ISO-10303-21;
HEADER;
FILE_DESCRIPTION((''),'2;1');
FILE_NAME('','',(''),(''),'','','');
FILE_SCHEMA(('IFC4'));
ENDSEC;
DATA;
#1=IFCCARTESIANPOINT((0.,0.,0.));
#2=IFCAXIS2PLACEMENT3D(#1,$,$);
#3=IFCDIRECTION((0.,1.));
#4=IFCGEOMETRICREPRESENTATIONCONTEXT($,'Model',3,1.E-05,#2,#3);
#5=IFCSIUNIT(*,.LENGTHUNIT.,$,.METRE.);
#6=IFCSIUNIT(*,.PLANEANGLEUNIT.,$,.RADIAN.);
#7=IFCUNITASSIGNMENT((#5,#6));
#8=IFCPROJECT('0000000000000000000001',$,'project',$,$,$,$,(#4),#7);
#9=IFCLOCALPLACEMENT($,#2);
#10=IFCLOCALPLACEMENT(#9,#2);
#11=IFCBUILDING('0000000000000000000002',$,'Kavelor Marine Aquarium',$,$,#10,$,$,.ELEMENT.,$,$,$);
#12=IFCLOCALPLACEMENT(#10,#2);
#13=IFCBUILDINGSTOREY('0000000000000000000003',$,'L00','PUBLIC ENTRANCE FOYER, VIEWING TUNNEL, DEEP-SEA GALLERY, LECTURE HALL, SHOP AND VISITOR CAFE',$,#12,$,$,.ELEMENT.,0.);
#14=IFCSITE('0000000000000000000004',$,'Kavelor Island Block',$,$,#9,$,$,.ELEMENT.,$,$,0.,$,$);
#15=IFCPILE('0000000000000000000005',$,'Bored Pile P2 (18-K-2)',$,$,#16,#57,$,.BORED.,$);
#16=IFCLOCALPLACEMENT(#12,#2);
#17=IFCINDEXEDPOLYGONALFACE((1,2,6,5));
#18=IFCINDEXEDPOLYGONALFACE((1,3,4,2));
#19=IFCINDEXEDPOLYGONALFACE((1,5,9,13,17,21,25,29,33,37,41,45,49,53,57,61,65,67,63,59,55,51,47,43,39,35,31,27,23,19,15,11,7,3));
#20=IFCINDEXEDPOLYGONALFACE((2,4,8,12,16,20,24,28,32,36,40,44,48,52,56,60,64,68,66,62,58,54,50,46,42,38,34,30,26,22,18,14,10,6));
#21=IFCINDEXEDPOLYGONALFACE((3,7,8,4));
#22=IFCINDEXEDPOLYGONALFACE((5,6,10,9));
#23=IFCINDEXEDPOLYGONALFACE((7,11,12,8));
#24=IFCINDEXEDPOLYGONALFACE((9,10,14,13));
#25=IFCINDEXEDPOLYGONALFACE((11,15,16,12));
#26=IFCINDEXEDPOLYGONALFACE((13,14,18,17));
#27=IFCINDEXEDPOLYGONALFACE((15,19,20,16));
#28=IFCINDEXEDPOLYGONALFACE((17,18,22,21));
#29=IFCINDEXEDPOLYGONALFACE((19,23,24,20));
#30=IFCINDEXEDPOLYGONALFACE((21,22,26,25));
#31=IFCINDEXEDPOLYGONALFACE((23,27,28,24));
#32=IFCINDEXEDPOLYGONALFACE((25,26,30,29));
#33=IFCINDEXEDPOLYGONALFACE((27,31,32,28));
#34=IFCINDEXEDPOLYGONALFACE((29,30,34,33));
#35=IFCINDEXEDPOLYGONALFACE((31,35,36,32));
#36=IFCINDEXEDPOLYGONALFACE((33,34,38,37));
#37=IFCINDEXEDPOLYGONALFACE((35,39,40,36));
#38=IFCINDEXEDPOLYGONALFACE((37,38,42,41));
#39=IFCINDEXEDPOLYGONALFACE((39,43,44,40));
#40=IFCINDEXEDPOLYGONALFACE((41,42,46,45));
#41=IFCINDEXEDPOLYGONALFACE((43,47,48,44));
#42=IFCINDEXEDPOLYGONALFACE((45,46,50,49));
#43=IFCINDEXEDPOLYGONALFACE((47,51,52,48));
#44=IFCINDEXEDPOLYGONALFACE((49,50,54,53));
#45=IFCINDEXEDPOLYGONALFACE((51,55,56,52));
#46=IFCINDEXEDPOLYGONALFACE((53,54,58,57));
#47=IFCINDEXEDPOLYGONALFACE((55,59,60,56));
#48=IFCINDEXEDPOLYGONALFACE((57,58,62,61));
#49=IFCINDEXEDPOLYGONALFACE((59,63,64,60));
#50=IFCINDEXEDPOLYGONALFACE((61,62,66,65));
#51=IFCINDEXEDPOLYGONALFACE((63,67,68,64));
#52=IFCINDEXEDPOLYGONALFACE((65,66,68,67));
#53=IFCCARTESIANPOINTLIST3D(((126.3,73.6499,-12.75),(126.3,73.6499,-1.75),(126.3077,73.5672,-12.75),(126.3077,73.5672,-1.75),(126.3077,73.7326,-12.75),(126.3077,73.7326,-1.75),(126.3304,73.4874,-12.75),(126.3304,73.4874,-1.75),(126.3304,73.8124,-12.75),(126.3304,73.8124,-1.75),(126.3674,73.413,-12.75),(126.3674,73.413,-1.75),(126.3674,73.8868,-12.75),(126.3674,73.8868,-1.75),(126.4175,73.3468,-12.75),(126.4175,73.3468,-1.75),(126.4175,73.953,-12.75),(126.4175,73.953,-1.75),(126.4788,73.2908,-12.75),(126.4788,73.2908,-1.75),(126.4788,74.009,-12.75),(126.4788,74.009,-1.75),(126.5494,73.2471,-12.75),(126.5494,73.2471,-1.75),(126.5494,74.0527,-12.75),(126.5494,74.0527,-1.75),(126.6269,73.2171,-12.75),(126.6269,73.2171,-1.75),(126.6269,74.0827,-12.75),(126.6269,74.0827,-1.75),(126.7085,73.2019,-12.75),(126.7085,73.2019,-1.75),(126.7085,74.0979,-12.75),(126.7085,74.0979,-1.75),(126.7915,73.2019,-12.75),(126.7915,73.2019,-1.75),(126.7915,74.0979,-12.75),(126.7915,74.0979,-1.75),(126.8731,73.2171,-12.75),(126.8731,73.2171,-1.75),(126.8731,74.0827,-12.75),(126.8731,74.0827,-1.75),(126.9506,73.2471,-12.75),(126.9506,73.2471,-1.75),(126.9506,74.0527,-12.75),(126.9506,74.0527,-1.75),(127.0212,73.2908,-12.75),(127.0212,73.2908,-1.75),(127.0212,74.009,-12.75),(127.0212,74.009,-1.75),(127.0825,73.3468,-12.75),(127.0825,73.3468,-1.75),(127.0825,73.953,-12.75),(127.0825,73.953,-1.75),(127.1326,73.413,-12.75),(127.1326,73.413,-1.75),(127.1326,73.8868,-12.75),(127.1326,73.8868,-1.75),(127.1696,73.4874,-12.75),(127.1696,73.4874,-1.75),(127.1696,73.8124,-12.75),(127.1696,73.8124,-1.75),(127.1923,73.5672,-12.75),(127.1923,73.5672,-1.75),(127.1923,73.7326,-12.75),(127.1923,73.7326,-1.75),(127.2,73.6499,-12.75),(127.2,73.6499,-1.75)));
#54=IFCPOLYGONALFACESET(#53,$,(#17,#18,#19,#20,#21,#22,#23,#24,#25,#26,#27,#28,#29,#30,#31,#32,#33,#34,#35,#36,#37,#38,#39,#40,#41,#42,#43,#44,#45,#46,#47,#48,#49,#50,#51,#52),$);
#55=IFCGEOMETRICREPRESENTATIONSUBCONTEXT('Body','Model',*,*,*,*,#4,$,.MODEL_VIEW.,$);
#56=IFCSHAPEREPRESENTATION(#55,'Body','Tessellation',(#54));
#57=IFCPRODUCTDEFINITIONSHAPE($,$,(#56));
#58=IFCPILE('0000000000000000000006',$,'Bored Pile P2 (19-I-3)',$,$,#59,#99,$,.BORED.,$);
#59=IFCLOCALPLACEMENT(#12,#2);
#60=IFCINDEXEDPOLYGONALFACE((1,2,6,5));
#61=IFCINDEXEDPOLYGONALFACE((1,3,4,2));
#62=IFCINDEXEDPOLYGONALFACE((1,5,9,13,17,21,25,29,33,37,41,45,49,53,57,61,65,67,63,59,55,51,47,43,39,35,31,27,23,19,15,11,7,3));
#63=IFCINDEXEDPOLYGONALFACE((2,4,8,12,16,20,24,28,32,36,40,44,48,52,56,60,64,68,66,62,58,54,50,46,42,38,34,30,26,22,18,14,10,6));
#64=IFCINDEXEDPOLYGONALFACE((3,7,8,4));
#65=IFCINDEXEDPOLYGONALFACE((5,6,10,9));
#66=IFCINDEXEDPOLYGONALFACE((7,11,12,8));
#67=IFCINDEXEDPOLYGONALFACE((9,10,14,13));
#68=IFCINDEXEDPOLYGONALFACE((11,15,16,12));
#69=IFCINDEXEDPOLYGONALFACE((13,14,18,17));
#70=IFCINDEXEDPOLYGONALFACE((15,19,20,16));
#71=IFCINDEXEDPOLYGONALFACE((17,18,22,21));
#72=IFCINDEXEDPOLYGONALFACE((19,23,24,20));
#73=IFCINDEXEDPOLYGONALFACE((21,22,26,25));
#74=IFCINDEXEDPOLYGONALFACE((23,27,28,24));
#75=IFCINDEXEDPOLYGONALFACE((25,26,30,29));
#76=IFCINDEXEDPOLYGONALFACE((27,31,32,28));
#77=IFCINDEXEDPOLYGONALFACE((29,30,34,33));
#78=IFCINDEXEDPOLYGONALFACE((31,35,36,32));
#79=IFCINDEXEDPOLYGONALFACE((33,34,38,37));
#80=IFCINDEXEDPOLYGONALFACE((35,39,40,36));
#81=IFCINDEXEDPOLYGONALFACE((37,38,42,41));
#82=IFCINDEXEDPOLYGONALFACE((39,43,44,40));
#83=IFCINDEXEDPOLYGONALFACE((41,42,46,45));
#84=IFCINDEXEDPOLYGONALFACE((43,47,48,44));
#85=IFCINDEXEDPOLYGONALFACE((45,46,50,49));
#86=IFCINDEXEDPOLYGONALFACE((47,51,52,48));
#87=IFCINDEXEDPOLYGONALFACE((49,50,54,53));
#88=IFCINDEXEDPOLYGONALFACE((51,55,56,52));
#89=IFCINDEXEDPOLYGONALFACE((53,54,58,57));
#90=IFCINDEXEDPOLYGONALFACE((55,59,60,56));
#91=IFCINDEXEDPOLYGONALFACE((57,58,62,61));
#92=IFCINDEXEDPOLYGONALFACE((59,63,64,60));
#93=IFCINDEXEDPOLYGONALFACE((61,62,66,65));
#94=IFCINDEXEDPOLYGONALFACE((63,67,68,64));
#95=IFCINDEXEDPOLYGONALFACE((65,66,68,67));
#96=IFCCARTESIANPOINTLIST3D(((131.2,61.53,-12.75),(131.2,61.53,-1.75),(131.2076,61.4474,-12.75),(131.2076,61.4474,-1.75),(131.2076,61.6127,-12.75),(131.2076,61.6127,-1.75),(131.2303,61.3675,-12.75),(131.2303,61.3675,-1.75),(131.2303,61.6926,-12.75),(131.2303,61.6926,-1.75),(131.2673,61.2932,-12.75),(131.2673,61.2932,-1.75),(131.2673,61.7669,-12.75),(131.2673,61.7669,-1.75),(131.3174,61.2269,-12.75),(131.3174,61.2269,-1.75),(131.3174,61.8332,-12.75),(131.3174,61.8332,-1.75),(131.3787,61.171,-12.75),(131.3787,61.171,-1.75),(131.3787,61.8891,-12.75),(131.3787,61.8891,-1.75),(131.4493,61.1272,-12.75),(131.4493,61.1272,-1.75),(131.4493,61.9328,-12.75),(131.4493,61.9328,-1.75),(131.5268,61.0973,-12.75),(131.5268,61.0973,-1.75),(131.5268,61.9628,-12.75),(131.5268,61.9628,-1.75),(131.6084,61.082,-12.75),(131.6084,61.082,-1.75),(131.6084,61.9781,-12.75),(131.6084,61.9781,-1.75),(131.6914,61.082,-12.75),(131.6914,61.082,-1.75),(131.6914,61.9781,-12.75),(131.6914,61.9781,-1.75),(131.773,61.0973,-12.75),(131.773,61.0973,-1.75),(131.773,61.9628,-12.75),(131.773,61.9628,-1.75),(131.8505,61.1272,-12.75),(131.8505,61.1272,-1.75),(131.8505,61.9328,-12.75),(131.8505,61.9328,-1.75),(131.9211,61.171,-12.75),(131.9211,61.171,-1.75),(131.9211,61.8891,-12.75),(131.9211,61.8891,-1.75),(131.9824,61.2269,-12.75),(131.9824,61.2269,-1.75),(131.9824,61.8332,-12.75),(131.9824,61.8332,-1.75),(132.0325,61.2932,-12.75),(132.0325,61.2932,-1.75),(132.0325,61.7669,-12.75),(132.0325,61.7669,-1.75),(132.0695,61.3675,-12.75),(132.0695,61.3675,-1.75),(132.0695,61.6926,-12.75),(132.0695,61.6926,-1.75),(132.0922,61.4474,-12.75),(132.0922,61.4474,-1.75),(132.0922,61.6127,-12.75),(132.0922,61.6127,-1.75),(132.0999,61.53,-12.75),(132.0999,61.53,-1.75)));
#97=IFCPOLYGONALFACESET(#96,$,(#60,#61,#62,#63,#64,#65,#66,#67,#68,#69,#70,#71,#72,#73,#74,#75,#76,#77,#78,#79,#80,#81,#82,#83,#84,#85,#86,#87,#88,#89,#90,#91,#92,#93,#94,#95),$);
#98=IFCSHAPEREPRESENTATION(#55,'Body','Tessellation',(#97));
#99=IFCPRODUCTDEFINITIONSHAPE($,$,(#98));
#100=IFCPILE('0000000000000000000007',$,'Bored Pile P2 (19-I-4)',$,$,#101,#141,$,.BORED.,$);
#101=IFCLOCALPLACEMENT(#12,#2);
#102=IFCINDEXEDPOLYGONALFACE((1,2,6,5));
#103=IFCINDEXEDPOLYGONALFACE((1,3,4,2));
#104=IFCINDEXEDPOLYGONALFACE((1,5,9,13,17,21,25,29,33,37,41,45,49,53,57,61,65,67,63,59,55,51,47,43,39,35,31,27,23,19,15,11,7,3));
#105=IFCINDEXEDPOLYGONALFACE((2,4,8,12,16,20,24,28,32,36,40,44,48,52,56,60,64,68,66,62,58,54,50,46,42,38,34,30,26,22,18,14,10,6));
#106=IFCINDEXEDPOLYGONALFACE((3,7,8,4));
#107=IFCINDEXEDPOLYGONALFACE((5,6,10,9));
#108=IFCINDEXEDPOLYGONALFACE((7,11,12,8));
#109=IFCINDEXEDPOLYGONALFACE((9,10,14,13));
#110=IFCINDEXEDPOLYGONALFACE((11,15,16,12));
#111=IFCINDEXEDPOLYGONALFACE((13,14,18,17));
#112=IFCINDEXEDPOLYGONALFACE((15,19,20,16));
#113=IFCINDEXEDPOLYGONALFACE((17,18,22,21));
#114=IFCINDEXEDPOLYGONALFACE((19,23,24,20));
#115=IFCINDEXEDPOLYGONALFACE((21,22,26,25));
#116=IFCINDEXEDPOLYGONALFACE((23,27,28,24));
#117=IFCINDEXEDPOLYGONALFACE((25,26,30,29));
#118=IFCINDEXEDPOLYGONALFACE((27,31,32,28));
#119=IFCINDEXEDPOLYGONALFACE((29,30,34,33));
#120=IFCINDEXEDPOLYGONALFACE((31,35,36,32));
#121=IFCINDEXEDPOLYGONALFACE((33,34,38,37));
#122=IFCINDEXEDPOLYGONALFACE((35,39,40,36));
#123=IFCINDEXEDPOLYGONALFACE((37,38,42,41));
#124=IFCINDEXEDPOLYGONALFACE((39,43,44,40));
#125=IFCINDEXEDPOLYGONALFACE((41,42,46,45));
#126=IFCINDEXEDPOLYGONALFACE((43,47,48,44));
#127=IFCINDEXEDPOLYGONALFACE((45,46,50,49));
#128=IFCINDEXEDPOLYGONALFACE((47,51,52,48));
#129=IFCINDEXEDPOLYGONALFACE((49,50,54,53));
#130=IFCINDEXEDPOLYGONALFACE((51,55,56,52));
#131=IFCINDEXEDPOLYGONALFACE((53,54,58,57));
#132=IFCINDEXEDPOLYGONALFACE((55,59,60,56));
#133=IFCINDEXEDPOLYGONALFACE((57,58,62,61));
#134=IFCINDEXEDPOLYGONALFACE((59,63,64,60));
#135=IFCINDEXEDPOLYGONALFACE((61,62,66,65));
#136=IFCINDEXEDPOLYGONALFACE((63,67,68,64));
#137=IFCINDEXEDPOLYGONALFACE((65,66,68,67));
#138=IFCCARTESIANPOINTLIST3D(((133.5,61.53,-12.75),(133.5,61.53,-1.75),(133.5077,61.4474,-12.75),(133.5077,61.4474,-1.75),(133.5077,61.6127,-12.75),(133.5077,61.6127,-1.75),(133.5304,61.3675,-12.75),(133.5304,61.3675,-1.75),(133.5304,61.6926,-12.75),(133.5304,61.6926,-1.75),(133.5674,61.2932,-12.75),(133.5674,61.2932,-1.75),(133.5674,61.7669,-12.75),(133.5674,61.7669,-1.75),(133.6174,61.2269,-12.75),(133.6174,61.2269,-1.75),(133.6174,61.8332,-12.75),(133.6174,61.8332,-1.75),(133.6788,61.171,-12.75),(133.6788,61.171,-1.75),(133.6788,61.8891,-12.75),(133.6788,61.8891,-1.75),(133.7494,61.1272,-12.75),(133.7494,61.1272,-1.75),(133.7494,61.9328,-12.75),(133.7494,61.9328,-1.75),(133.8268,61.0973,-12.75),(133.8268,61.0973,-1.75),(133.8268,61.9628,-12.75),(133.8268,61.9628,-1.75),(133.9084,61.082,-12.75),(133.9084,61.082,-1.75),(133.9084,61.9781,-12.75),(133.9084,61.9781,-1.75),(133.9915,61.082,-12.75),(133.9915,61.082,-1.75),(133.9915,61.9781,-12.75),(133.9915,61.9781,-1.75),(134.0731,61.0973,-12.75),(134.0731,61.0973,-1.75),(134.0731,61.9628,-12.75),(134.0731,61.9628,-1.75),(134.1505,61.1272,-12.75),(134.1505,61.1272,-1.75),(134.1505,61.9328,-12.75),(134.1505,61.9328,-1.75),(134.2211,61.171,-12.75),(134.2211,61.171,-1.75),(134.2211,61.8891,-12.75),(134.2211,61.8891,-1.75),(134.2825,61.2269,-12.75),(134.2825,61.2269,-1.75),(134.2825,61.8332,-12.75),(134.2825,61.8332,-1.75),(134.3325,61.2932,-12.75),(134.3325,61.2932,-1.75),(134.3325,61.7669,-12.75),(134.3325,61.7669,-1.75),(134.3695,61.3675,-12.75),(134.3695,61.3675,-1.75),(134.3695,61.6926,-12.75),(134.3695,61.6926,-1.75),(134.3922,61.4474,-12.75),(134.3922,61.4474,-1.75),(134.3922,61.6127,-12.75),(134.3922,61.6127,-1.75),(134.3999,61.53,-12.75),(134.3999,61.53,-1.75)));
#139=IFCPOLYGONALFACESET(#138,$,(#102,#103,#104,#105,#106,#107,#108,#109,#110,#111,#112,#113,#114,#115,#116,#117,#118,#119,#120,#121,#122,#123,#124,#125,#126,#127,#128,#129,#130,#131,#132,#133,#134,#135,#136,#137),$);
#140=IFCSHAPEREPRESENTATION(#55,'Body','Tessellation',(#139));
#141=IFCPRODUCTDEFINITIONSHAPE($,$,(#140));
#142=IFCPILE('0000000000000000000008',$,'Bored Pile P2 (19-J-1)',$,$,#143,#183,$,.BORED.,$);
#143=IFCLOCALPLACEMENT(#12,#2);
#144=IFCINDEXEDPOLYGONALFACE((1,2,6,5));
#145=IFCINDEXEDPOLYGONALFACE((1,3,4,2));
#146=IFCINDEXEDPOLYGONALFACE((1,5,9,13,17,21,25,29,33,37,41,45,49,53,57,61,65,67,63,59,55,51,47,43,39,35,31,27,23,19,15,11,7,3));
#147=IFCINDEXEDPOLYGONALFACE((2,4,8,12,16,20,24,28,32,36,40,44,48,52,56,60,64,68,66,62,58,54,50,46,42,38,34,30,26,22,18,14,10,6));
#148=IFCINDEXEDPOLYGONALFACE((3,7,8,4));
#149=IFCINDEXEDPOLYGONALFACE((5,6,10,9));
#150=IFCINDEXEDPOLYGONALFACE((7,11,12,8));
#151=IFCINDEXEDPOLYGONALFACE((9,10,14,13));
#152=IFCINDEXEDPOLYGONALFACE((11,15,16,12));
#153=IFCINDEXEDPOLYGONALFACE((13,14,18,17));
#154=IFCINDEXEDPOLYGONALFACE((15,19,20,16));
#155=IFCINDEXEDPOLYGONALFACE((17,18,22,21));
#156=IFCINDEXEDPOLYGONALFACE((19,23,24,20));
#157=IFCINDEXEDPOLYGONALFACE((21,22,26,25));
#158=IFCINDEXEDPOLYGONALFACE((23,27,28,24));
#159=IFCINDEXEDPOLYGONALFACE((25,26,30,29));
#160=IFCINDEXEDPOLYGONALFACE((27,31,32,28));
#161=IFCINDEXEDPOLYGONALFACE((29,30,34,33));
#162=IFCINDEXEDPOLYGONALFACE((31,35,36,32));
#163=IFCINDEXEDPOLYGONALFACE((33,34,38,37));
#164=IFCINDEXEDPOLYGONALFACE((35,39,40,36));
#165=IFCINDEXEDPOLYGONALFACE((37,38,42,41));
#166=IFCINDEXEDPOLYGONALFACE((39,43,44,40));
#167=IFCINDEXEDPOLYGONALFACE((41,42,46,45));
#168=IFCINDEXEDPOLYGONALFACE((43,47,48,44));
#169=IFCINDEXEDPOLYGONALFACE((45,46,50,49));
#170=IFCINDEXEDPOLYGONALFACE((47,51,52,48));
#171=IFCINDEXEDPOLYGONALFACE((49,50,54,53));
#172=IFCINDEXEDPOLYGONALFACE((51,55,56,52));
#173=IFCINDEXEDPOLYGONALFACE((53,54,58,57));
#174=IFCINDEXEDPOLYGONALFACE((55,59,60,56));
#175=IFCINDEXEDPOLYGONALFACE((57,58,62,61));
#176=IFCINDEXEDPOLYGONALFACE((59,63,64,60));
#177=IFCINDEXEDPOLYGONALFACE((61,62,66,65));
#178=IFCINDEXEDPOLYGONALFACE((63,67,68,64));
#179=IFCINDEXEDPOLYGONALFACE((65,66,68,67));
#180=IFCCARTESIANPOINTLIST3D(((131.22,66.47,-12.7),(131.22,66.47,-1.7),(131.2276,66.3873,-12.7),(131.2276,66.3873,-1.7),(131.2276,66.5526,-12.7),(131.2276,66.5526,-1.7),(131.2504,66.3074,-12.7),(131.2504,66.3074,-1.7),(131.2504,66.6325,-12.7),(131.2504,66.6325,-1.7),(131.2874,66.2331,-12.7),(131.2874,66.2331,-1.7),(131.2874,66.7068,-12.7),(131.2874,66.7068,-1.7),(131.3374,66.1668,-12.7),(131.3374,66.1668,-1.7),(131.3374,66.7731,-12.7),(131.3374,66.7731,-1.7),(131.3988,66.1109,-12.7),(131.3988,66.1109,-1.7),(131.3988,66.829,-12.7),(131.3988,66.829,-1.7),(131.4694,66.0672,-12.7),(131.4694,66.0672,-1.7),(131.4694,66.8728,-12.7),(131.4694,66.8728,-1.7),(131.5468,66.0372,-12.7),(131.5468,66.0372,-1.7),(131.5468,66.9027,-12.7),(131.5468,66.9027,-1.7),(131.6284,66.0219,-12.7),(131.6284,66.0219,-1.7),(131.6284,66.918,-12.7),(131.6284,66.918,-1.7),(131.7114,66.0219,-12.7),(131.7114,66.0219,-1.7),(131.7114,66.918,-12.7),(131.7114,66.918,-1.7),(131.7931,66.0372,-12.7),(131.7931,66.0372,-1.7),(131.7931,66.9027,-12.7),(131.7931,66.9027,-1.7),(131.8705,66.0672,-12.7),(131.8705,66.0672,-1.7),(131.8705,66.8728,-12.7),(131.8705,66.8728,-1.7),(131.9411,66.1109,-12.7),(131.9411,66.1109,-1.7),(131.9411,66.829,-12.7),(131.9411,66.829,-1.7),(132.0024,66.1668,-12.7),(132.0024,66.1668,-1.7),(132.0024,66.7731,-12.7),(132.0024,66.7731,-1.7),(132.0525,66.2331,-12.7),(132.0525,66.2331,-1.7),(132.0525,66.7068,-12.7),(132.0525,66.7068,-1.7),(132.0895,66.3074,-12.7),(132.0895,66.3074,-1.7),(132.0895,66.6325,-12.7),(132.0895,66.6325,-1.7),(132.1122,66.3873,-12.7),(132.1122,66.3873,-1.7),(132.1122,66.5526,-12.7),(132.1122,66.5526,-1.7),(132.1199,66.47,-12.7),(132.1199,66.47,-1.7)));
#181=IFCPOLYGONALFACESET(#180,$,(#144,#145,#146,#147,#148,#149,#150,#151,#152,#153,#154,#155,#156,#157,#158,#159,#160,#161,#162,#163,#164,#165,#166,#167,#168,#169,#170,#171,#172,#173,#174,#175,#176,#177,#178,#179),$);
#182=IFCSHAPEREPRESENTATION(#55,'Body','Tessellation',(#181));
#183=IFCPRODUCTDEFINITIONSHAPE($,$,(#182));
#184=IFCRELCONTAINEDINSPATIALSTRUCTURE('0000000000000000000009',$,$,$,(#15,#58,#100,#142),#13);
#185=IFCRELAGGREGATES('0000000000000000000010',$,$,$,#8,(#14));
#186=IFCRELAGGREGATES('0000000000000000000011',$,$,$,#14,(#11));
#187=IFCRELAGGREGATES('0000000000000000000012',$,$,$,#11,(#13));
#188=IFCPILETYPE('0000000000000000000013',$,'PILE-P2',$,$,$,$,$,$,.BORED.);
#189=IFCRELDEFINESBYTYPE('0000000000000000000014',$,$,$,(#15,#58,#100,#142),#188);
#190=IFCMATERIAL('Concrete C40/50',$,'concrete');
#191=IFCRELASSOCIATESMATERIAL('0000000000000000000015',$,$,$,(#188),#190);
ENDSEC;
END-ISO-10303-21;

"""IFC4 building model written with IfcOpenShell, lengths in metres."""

from ifc_helpers import new_model, si_unit, direction, frame, origin, origin_2d, place, context, subcontext, project, spatial, circle, extrude, material, material_profile, profile_set, type_object, element, save


model = new_model("IFC4")

# Units and contexts
model_context = context("Model", 3, precision=1e-05, world=origin(), true_north=direction((0.0, 1.0)))
body_context = subcontext(model_context, "Body", "Model", "MODEL_VIEW")
ifc_project = project(units=[si_unit("LENGTHUNIT", "METRE"), si_unit("PLANEANGLEUNIT", "RADIAN")], contexts=[model_context])

# Site, building, storey
site_placement = place(None, origin())
site = spatial("IfcSite", under=ifc_project, at=site_placement, Name="Kavelor Island Block", CompositionType="ELEMENT", RefElevation=0.0)
building_placement = place(site_placement, origin())
building = spatial("IfcBuilding", under=site, at=building_placement, Name="Kavelor Marine Aquarium", CompositionType="ELEMENT")
storey_placement = place(building_placement, origin())
storey = spatial("IfcBuildingStorey", under=building, at=storey_placement, Name="L00", Description="PUBLIC ENTRANCE FOYER, VIEWING TUNNEL, DEEP-SEA GALLERY, LECTURE HALL, SHOP AND VISITOR CAFE", CompositionType="ELEMENT", Elevation=0.0)

# Piles
ifc_material_1 = material(Name="Concrete C40/50", Category="concrete")
ifc_material_profile_1 = material_profile(ifc_material_1, circle(Radius=0.45, at=origin_2d()), Name="PILE D900")
ifc_profile_set_1 = profile_set([ifc_material_profile_1], Name="Concrete C40/50")
pile_type_1 = type_object("IfcPileType", Name="PILE-P2", PredefinedType="BORED", material=ifc_profile_set_1)
for number, where, z_axis, x_axis, name in (
    (1, (126.75, 73.6499, -1.75), (0.0, 0.0, -1.0), (1.0, 0.0, 0.0), "Bored Pile P2 (18-K-2)"),
    (2, (131.6499, 61.53, -1.75), (0.0, 0.0, -1.0), (1.0, 0.0, 0.0), "Bored Pile P2 (19-I-3)"),
    (3, (133.95, 61.53, -1.75), (0.0, 0.0, -1.0), (1.0, 0.0, 0.0), "Bored Pile P2 (19-I-4)"),
    (4, (131.6699, 66.47, -1.7), (0.0, 0.0, -1.0), (1.0, 0.0, 0.0), "Bored Pile P2 (19-J-1)"),
):
    element("IfcPile", number, at=place(storey_placement, frame(where, z_axis=z_axis, x_axis=x_axis)), inside=storey, type_object=pile_type_1, Name=name, PredefinedType="BORED", context=body_context, shape_type="SweptSolid", body=[
        extrude(circle(Radius=0.45, at=origin_2d()), origin(), (0.0, 0.0, 1.0), 11.0),
    ])

save(model, "model.ifc")
